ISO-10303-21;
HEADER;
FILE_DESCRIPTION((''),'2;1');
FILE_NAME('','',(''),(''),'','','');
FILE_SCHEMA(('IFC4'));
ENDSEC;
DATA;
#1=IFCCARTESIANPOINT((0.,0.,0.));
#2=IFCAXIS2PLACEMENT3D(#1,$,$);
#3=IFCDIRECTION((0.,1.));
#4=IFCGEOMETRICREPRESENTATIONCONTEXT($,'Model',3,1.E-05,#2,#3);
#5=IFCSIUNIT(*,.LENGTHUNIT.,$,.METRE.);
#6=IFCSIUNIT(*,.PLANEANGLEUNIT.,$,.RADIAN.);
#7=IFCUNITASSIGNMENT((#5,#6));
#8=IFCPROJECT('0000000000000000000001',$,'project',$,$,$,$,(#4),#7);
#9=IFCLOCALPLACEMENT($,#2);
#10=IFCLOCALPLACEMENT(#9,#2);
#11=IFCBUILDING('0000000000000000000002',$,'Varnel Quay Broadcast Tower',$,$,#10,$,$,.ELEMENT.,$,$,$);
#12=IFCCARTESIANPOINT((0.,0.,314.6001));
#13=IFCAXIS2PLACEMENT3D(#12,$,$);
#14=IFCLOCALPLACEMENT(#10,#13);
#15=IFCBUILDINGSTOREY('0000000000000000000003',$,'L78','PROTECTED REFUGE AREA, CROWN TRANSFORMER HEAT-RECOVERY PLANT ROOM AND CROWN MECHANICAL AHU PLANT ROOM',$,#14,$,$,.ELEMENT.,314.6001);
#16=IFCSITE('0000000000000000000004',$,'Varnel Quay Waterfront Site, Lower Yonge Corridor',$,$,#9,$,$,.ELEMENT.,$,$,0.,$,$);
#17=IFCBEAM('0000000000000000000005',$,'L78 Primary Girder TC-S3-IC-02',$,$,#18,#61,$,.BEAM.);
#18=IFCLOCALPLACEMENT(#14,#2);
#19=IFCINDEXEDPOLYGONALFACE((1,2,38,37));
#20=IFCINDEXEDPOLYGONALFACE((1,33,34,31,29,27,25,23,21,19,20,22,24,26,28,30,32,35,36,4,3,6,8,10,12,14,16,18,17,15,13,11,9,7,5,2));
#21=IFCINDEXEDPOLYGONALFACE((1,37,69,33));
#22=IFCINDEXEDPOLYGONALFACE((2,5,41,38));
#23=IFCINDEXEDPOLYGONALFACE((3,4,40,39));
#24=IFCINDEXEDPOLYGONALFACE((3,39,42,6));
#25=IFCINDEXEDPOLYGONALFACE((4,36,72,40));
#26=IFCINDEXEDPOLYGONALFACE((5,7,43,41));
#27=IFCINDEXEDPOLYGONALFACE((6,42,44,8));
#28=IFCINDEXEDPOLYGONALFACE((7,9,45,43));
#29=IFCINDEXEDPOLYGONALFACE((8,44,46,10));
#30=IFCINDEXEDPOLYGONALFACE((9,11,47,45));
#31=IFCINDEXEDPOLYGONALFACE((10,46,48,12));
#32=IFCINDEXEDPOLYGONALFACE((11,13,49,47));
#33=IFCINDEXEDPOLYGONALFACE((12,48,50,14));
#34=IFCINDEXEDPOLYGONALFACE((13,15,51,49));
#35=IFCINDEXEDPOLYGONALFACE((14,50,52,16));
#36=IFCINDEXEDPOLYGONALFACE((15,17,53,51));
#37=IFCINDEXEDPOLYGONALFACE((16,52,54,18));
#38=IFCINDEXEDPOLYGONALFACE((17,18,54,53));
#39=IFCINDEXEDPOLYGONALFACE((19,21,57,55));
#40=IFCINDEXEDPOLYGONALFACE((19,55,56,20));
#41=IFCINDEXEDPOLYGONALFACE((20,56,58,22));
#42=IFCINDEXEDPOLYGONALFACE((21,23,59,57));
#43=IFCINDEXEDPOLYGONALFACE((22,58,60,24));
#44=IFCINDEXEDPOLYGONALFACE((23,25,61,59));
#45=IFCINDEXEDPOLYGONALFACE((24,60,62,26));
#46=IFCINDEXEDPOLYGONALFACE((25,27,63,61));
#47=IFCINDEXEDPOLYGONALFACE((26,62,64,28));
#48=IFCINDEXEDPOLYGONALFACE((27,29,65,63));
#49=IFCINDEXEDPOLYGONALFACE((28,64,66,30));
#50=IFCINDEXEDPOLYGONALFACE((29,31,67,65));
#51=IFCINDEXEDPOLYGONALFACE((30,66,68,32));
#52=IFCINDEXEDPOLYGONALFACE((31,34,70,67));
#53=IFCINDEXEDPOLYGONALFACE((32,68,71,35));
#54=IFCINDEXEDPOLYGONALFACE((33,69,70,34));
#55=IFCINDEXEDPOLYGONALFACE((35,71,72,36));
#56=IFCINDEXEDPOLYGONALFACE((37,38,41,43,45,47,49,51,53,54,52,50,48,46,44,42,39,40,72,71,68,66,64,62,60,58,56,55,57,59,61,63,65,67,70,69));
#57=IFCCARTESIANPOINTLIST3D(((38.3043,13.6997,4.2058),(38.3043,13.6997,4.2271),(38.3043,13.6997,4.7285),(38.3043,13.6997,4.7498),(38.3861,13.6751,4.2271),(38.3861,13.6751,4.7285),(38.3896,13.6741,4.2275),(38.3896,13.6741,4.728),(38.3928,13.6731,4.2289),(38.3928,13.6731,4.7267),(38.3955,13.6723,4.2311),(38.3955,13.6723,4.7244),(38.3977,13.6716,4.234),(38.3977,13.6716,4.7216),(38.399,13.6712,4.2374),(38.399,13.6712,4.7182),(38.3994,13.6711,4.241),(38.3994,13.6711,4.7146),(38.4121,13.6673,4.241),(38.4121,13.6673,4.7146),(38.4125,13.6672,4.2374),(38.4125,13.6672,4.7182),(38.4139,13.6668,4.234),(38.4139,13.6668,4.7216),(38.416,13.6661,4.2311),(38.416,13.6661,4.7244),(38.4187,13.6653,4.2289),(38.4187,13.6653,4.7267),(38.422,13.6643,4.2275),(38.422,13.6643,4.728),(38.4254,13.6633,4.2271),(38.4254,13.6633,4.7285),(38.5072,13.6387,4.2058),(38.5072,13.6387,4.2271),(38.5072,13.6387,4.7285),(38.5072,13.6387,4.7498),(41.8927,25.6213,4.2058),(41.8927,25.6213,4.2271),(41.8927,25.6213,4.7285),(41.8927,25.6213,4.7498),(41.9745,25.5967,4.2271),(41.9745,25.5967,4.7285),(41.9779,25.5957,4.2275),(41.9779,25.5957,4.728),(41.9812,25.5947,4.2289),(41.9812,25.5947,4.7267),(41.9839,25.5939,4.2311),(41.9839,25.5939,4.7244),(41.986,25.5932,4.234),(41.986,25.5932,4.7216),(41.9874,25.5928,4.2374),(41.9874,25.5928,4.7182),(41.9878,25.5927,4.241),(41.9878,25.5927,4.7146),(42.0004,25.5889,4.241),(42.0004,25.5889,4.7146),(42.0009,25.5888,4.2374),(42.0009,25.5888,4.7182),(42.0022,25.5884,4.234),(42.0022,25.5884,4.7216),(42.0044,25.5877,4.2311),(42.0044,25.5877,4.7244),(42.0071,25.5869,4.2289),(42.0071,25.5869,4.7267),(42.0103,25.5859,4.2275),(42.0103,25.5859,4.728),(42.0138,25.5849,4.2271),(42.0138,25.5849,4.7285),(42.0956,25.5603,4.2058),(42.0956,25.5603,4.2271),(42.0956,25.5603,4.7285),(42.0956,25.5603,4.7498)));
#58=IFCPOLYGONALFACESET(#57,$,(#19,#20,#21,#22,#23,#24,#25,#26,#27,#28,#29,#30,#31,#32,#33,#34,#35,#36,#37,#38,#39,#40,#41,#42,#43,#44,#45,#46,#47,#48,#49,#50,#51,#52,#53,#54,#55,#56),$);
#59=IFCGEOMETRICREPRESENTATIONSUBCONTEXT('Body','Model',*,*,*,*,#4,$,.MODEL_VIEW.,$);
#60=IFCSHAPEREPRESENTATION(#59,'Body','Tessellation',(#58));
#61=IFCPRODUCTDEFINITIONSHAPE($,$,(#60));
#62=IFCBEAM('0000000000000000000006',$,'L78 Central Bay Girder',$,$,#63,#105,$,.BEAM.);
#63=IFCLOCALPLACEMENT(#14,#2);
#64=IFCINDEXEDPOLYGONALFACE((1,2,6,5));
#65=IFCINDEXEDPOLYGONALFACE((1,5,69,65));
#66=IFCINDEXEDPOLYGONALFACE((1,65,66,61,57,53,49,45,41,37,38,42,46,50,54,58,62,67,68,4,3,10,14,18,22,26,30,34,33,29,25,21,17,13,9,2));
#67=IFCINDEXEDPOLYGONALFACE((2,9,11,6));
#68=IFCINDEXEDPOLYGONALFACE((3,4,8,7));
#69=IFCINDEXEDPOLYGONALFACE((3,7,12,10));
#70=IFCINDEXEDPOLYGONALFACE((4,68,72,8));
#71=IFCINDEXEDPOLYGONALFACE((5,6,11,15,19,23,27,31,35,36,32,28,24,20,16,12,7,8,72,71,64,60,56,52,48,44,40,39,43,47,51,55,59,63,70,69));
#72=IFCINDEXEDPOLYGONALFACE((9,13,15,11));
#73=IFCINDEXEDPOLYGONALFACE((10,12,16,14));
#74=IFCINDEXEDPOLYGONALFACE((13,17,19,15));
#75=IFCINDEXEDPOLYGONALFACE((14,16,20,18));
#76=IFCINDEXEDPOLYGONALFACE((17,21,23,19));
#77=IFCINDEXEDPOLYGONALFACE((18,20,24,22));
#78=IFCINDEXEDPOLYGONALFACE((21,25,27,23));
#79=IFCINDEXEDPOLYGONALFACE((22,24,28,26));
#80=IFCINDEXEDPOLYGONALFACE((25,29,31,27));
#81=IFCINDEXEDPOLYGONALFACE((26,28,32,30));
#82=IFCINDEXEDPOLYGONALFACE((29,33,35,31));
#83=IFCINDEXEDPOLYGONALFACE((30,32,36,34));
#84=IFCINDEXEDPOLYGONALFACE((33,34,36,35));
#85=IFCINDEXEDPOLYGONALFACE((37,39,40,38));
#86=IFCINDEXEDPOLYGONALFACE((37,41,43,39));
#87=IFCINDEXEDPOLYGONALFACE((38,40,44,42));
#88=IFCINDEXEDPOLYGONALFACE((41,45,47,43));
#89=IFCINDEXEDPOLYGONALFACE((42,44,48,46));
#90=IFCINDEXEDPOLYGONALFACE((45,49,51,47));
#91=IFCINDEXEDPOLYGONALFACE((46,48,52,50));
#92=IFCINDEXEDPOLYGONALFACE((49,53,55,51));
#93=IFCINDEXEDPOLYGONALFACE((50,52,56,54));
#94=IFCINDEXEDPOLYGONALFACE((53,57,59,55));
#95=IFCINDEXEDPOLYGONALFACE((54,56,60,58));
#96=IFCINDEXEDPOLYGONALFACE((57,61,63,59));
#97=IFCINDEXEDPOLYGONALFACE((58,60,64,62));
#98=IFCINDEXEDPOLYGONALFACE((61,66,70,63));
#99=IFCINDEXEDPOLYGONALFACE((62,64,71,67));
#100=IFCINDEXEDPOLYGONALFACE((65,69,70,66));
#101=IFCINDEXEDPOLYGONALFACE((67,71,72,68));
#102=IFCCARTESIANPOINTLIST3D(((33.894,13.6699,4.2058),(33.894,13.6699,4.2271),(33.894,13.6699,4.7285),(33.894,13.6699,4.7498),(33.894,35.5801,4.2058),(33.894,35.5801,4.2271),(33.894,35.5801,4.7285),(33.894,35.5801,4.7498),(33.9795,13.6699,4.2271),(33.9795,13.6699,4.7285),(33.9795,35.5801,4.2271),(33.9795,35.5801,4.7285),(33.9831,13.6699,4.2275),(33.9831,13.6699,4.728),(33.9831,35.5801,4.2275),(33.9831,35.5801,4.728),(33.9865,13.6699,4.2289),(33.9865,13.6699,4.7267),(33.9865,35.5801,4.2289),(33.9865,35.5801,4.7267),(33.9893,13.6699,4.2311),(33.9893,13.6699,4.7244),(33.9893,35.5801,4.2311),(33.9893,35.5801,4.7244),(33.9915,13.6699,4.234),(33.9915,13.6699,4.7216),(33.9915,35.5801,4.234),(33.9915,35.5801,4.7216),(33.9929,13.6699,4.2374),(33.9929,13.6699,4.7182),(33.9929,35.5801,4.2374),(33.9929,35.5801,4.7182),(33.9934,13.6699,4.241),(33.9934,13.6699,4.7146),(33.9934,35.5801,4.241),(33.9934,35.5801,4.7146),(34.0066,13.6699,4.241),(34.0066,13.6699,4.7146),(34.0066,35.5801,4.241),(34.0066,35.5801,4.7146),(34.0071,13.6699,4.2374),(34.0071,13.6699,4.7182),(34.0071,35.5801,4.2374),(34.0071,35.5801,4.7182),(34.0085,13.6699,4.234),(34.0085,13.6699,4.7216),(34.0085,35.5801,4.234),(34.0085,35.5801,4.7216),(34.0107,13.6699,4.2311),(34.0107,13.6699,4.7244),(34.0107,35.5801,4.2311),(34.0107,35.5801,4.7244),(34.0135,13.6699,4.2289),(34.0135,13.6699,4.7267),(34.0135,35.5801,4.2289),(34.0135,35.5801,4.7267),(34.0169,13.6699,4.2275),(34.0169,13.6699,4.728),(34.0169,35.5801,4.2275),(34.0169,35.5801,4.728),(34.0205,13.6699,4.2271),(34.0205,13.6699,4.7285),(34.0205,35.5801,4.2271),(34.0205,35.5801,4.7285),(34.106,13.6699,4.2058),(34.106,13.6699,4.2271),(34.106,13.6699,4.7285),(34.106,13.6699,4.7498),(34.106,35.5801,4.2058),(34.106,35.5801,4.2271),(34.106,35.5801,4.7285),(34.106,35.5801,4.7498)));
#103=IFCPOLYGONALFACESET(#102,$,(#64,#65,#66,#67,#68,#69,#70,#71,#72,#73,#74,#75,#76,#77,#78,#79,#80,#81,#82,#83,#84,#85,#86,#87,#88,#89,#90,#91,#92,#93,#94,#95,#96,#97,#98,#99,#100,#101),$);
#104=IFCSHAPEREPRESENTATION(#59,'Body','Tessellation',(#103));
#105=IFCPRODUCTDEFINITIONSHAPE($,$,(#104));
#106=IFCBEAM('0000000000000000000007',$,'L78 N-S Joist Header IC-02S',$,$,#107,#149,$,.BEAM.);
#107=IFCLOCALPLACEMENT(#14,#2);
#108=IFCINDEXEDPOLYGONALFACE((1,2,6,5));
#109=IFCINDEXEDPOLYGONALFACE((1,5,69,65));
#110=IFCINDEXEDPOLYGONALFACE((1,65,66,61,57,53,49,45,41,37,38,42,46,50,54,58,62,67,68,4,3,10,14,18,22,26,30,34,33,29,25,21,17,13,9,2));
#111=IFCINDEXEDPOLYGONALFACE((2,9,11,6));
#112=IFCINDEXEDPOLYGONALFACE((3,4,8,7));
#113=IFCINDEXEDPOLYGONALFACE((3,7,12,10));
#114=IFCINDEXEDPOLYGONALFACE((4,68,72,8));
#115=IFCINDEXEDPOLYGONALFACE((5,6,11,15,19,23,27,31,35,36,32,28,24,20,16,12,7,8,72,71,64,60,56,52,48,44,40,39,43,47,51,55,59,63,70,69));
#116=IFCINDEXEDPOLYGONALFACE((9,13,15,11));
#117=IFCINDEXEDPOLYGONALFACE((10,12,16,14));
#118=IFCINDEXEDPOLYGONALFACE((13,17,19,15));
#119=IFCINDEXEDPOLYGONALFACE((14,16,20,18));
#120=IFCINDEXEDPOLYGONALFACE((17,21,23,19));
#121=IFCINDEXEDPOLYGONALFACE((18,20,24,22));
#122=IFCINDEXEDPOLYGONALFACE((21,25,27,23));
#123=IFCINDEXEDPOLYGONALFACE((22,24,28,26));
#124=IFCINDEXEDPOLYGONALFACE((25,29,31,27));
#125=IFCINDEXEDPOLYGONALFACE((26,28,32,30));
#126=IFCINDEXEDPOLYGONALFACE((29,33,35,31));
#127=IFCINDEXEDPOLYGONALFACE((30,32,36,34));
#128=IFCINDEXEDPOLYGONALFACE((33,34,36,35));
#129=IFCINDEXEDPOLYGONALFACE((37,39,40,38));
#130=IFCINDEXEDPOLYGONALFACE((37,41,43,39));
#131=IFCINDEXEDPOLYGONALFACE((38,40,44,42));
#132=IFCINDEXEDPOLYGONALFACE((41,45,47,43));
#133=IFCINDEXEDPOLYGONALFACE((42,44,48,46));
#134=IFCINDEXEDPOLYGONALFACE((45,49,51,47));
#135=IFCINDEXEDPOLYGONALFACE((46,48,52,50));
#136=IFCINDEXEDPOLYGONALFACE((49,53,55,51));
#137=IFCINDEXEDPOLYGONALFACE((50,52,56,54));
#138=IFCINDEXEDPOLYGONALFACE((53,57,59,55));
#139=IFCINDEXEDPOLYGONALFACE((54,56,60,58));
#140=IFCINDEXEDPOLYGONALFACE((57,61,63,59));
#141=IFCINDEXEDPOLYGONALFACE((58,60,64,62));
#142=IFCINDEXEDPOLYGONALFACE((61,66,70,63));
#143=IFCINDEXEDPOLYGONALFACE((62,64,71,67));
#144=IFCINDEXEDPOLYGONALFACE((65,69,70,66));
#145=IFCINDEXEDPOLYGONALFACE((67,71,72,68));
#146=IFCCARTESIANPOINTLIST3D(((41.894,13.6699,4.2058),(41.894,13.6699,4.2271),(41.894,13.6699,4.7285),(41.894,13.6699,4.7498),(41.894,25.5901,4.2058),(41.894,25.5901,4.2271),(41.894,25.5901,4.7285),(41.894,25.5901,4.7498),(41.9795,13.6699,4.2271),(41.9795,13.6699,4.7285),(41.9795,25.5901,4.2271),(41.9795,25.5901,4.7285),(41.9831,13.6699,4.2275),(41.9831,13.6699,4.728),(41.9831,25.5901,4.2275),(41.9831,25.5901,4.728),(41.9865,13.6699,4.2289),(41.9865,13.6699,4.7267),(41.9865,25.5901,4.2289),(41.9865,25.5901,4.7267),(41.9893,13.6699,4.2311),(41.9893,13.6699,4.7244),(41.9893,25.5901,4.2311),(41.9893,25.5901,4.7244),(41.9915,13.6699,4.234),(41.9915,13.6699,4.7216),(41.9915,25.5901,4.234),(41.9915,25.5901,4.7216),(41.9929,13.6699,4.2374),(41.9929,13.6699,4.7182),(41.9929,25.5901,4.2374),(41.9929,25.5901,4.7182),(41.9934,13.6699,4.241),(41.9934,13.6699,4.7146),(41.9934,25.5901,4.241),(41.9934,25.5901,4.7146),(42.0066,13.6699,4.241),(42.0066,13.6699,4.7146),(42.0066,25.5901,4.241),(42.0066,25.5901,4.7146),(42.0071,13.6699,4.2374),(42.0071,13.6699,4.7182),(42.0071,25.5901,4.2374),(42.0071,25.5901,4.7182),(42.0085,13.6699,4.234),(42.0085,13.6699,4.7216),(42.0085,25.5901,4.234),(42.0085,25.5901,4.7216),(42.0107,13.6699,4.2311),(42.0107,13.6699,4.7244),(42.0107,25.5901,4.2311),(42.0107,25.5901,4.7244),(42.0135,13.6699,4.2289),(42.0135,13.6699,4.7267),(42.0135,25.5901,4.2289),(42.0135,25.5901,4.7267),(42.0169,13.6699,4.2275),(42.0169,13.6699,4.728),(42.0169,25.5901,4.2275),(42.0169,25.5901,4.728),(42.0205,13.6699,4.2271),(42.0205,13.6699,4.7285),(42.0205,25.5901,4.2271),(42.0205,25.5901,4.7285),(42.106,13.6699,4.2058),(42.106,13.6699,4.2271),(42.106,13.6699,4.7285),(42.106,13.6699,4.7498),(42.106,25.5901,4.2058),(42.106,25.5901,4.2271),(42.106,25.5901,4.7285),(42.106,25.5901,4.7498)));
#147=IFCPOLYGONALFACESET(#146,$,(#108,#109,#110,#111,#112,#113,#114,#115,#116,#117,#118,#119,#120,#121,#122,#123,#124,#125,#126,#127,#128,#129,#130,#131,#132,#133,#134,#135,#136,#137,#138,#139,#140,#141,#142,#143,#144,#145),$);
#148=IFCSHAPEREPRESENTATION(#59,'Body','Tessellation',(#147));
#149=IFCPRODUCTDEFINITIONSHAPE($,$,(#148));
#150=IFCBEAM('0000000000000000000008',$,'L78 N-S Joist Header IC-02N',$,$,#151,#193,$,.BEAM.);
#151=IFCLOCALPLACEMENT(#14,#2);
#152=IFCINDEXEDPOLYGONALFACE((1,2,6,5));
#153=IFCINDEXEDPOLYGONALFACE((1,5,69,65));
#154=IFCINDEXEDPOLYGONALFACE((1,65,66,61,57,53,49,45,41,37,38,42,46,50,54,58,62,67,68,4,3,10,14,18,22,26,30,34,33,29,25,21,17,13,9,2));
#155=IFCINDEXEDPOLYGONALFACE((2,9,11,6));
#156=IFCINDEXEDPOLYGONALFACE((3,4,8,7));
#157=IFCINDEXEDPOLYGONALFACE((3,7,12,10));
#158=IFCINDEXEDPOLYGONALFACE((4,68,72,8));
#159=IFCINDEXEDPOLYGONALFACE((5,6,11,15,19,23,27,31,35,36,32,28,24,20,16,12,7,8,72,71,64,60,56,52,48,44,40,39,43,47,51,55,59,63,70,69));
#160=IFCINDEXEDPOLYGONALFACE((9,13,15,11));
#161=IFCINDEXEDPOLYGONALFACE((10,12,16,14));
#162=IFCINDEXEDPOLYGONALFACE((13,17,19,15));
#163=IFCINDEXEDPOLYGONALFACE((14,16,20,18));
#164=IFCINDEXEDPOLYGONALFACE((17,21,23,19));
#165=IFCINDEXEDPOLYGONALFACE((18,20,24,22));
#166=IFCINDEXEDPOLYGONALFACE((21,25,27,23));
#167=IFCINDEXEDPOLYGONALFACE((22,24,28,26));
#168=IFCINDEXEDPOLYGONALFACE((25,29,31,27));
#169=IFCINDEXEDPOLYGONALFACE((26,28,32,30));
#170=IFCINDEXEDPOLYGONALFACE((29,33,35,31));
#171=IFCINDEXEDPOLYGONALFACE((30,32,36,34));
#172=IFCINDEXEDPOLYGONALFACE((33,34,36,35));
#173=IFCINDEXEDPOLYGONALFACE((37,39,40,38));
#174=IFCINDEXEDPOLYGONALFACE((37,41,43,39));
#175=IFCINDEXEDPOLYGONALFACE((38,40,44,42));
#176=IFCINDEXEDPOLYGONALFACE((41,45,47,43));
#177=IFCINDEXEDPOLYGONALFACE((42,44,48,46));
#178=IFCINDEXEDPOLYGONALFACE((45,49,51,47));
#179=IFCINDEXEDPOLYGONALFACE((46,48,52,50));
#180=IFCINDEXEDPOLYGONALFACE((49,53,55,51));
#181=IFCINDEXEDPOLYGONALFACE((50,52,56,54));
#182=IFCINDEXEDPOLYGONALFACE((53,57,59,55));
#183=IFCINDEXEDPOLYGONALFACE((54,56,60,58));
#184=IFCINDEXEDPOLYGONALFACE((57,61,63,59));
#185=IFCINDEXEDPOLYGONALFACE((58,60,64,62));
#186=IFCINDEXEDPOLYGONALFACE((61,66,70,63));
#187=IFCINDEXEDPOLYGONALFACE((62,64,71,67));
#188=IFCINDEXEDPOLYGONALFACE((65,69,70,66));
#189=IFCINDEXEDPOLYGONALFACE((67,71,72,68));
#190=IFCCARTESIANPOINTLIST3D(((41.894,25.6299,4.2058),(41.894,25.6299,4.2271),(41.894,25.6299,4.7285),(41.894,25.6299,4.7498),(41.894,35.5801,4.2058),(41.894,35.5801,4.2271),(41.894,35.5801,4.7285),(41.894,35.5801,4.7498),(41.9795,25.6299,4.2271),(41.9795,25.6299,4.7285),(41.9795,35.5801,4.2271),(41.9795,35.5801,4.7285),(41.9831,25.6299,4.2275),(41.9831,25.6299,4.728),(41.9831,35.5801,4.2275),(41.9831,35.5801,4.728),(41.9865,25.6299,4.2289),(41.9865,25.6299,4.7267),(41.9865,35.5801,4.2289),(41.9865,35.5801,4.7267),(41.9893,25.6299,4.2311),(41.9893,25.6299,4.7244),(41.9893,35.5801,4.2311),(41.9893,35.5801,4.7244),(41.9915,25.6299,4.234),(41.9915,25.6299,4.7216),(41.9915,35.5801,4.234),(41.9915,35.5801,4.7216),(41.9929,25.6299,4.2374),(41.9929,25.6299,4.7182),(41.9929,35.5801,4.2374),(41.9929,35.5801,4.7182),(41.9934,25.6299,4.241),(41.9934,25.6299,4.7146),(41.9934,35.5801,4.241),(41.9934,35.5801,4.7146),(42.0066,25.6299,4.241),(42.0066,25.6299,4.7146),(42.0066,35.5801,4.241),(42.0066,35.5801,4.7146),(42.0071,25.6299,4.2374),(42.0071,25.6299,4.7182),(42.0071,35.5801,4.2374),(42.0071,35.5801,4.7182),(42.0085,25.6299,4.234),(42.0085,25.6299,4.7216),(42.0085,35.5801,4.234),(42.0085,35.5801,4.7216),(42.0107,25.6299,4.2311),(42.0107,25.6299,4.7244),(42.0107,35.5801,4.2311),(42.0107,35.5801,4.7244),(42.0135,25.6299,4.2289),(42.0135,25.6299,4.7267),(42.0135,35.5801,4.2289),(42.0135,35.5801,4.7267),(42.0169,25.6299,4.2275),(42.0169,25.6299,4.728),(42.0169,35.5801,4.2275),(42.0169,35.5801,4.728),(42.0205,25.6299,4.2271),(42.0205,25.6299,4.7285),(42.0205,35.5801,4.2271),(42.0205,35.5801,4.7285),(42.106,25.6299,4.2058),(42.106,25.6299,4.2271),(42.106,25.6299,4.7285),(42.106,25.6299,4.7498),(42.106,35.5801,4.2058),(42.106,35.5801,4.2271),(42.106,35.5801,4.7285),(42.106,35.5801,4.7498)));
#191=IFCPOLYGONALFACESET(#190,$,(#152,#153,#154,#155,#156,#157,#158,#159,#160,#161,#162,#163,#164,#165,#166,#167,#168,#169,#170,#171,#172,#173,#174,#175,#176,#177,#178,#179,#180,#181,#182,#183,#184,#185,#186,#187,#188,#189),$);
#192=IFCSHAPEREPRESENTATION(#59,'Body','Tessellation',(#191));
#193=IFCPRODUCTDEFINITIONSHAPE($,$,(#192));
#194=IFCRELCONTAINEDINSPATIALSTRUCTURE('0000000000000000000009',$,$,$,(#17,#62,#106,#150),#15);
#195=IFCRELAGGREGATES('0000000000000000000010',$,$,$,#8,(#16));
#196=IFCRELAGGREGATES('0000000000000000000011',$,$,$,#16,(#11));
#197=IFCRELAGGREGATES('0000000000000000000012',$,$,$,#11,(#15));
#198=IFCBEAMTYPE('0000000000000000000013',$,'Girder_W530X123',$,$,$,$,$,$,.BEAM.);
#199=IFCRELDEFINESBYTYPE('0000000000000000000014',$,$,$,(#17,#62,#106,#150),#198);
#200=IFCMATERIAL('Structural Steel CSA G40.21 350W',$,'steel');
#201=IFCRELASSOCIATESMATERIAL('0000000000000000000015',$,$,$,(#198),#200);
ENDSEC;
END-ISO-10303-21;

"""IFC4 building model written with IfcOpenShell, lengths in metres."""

from ifc_helpers import new_model, si_unit, direction, frame, origin, origin_2d, place, context, subcontext, project, spatial, i_section, extrude, source, transform, mapped, material, material_profile, profile_set, type_object, type_shapes, element, save


model = new_model("IFC4")

# Units and contexts
model_context = context("Model", 3, precision=1e-05, world=origin(), true_north=direction((0.0, 1.0)))
body_context = subcontext(model_context, "Body", "Model", "MODEL_VIEW")
ifc_project = project(units=[si_unit("LENGTHUNIT", "METRE"), si_unit("PLANEANGLEUNIT", "RADIAN")], contexts=[model_context])

# Site, building, storey
site_placement = place(None, origin())
site = spatial("IfcSite", under=ifc_project, at=site_placement, Name="Varnel Quay Waterfront Site, Lower Yonge Corridor", CompositionType="ELEMENT", RefElevation=0.0)
building_placement = place(site_placement, origin())
building = spatial("IfcBuilding", under=site, at=building_placement, Name="Varnel Quay Broadcast Tower", CompositionType="ELEMENT")
storey_placement = place(building_placement, frame((0.0, 0.0, 314.6001)))
storey = spatial("IfcBuildingStorey", under=building, at=storey_placement, Name="L78", Description="PROTECTED REFUGE AREA, CROWN TRANSFORMER HEAT-RECOVERY PLANT ROOM AND CROWN MECHANICAL AHU PLANT ROOM", CompositionType="ELEMENT", Elevation=314.6001)

# Shared definitions
ifc_material_1 = material(Name="Structural Steel CSA G40.21 350W", Category="steel")

# Beams
ifc_material_profile_1 = material_profile(ifc_material_1, i_section(OverallWidth=0.2119, OverallDepth=0.5439, WebThickness=0.0132, FlangeThickness=0.0212, FilletRadius=0.0139, at=origin_2d()), Name="W530X123")
ifc_profile_set_1 = profile_set([ifc_material_profile_1], Name="Structural Steel CSA G40.21 350W")
beam_type_1 = type_object("IfcBeamType", Name="Girder_W530X123", PredefinedType="BEAM", material=ifc_profile_set_1)
shared_shape_1 = source(origin(), body_context, "Body", "SweptSolid", [
    extrude(i_section(OverallWidth=0.2119, OverallDepth=0.5439, WebThickness=0.0132, FlangeThickness=0.0212, FilletRadius=0.0139, at=origin_2d()), origin(), (0.0, 0.0, 1.0), 12.45),
])
beam_1_placement = place(storey_placement, frame((38.4058, 13.6692, 4.4778), z_axis=(0.288224, 0.957563, 0.0), x_axis=(-0.957563, 0.288224, 0.0)))
element("IfcBeam", 1, at=beam_1_placement, inside=storey, type_object=beam_type_1, Name="L78 Primary Girder TC-S3-IC-02", PredefinedType="BEAM", context=body_context, shape_type="MappedRepresentation", body=[
    mapped(shared_shape_1, transform((0.0, 0.0, 0.0), x_axis=(1.0, 0.0, 0.0), y_axis=(0.0, 1.0, 0.0), z_axis=(0.0, 0.0, 1.0), scale=1.0)),
])
shared_shape_2 = source(origin(), body_context, "Body", "SweptSolid", [
    extrude(i_section(OverallWidth=0.2119, OverallDepth=0.5439, WebThickness=0.0132, FlangeThickness=0.0212, FilletRadius=0.0139, at=origin_2d()), origin(), (0.0, 0.0, 1.0), 21.9102),
])
beam_2_placement = place(storey_placement, frame((34.0, 13.6699, 4.4778), z_axis=(0.0, 1.0, 0.0), x_axis=(-1.0, 0.0, 0.0)))
element("IfcBeam", 2, at=beam_2_placement, inside=storey, type_object=beam_type_1, Name="L78 Central Bay Girder", PredefinedType="BEAM", context=body_context, shape_type="MappedRepresentation", body=[
    mapped(shared_shape_2, transform((0.0, 0.0, 0.0), x_axis=(1.0, 0.0, 0.0), y_axis=(0.0, 1.0, 0.0), z_axis=(0.0, 0.0, 1.0), scale=1.0)),
])
shared_shape_3 = source(origin(), body_context, "Body", "SweptSolid", [
    extrude(i_section(OverallWidth=0.2119, OverallDepth=0.5439, WebThickness=0.0132, FlangeThickness=0.0212, FilletRadius=0.0139, at=origin_2d()), origin(), (0.0, 0.0, 1.0), 11.9202),
])
beam_3_placement = place(storey_placement, frame((42.0, 13.6699, 4.4778), z_axis=(0.0, 1.0, 0.0), x_axis=(-1.0, 0.0, 0.0)))
element("IfcBeam", 3, at=beam_3_placement, inside=storey, type_object=beam_type_1, Name="L78 N-S Joist Header IC-02S", PredefinedType="BEAM", context=body_context, shape_type="MappedRepresentation", body=[
    mapped(shared_shape_3, transform((0.0, 0.0, 0.0), x_axis=(1.0, 0.0, 0.0), y_axis=(0.0, 1.0, 0.0), z_axis=(0.0, 0.0, 1.0), scale=1.0)),
])
shared_shape_4 = source(origin(), body_context, "Body", "SweptSolid", [
    extrude(i_section(OverallWidth=0.2119, OverallDepth=0.5439, WebThickness=0.0132, FlangeThickness=0.0212, FilletRadius=0.0139, at=origin_2d()), origin(), (0.0, 0.0, 1.0), 9.9502),
])
type_shapes(beam_type_1, [shared_shape_1, shared_shape_2, shared_shape_3, shared_shape_4])
beam_4_placement = place(storey_placement, frame((42.0, 25.6299, 4.4778), z_axis=(0.0, 1.0, 0.0), x_axis=(-1.0, 0.0, 0.0)))
element("IfcBeam", 4, at=beam_4_placement, inside=storey, type_object=beam_type_1, Name="L78 N-S Joist Header IC-02N", PredefinedType="BEAM", context=body_context, shape_type="MappedRepresentation", body=[
    mapped(shared_shape_4, transform((0.0, 0.0, 0.0), x_axis=(1.0, 0.0, 0.0), y_axis=(0.0, 1.0, 0.0), z_axis=(0.0, 0.0, 1.0), scale=1.0)),
])

save(model, "model.ifc")
